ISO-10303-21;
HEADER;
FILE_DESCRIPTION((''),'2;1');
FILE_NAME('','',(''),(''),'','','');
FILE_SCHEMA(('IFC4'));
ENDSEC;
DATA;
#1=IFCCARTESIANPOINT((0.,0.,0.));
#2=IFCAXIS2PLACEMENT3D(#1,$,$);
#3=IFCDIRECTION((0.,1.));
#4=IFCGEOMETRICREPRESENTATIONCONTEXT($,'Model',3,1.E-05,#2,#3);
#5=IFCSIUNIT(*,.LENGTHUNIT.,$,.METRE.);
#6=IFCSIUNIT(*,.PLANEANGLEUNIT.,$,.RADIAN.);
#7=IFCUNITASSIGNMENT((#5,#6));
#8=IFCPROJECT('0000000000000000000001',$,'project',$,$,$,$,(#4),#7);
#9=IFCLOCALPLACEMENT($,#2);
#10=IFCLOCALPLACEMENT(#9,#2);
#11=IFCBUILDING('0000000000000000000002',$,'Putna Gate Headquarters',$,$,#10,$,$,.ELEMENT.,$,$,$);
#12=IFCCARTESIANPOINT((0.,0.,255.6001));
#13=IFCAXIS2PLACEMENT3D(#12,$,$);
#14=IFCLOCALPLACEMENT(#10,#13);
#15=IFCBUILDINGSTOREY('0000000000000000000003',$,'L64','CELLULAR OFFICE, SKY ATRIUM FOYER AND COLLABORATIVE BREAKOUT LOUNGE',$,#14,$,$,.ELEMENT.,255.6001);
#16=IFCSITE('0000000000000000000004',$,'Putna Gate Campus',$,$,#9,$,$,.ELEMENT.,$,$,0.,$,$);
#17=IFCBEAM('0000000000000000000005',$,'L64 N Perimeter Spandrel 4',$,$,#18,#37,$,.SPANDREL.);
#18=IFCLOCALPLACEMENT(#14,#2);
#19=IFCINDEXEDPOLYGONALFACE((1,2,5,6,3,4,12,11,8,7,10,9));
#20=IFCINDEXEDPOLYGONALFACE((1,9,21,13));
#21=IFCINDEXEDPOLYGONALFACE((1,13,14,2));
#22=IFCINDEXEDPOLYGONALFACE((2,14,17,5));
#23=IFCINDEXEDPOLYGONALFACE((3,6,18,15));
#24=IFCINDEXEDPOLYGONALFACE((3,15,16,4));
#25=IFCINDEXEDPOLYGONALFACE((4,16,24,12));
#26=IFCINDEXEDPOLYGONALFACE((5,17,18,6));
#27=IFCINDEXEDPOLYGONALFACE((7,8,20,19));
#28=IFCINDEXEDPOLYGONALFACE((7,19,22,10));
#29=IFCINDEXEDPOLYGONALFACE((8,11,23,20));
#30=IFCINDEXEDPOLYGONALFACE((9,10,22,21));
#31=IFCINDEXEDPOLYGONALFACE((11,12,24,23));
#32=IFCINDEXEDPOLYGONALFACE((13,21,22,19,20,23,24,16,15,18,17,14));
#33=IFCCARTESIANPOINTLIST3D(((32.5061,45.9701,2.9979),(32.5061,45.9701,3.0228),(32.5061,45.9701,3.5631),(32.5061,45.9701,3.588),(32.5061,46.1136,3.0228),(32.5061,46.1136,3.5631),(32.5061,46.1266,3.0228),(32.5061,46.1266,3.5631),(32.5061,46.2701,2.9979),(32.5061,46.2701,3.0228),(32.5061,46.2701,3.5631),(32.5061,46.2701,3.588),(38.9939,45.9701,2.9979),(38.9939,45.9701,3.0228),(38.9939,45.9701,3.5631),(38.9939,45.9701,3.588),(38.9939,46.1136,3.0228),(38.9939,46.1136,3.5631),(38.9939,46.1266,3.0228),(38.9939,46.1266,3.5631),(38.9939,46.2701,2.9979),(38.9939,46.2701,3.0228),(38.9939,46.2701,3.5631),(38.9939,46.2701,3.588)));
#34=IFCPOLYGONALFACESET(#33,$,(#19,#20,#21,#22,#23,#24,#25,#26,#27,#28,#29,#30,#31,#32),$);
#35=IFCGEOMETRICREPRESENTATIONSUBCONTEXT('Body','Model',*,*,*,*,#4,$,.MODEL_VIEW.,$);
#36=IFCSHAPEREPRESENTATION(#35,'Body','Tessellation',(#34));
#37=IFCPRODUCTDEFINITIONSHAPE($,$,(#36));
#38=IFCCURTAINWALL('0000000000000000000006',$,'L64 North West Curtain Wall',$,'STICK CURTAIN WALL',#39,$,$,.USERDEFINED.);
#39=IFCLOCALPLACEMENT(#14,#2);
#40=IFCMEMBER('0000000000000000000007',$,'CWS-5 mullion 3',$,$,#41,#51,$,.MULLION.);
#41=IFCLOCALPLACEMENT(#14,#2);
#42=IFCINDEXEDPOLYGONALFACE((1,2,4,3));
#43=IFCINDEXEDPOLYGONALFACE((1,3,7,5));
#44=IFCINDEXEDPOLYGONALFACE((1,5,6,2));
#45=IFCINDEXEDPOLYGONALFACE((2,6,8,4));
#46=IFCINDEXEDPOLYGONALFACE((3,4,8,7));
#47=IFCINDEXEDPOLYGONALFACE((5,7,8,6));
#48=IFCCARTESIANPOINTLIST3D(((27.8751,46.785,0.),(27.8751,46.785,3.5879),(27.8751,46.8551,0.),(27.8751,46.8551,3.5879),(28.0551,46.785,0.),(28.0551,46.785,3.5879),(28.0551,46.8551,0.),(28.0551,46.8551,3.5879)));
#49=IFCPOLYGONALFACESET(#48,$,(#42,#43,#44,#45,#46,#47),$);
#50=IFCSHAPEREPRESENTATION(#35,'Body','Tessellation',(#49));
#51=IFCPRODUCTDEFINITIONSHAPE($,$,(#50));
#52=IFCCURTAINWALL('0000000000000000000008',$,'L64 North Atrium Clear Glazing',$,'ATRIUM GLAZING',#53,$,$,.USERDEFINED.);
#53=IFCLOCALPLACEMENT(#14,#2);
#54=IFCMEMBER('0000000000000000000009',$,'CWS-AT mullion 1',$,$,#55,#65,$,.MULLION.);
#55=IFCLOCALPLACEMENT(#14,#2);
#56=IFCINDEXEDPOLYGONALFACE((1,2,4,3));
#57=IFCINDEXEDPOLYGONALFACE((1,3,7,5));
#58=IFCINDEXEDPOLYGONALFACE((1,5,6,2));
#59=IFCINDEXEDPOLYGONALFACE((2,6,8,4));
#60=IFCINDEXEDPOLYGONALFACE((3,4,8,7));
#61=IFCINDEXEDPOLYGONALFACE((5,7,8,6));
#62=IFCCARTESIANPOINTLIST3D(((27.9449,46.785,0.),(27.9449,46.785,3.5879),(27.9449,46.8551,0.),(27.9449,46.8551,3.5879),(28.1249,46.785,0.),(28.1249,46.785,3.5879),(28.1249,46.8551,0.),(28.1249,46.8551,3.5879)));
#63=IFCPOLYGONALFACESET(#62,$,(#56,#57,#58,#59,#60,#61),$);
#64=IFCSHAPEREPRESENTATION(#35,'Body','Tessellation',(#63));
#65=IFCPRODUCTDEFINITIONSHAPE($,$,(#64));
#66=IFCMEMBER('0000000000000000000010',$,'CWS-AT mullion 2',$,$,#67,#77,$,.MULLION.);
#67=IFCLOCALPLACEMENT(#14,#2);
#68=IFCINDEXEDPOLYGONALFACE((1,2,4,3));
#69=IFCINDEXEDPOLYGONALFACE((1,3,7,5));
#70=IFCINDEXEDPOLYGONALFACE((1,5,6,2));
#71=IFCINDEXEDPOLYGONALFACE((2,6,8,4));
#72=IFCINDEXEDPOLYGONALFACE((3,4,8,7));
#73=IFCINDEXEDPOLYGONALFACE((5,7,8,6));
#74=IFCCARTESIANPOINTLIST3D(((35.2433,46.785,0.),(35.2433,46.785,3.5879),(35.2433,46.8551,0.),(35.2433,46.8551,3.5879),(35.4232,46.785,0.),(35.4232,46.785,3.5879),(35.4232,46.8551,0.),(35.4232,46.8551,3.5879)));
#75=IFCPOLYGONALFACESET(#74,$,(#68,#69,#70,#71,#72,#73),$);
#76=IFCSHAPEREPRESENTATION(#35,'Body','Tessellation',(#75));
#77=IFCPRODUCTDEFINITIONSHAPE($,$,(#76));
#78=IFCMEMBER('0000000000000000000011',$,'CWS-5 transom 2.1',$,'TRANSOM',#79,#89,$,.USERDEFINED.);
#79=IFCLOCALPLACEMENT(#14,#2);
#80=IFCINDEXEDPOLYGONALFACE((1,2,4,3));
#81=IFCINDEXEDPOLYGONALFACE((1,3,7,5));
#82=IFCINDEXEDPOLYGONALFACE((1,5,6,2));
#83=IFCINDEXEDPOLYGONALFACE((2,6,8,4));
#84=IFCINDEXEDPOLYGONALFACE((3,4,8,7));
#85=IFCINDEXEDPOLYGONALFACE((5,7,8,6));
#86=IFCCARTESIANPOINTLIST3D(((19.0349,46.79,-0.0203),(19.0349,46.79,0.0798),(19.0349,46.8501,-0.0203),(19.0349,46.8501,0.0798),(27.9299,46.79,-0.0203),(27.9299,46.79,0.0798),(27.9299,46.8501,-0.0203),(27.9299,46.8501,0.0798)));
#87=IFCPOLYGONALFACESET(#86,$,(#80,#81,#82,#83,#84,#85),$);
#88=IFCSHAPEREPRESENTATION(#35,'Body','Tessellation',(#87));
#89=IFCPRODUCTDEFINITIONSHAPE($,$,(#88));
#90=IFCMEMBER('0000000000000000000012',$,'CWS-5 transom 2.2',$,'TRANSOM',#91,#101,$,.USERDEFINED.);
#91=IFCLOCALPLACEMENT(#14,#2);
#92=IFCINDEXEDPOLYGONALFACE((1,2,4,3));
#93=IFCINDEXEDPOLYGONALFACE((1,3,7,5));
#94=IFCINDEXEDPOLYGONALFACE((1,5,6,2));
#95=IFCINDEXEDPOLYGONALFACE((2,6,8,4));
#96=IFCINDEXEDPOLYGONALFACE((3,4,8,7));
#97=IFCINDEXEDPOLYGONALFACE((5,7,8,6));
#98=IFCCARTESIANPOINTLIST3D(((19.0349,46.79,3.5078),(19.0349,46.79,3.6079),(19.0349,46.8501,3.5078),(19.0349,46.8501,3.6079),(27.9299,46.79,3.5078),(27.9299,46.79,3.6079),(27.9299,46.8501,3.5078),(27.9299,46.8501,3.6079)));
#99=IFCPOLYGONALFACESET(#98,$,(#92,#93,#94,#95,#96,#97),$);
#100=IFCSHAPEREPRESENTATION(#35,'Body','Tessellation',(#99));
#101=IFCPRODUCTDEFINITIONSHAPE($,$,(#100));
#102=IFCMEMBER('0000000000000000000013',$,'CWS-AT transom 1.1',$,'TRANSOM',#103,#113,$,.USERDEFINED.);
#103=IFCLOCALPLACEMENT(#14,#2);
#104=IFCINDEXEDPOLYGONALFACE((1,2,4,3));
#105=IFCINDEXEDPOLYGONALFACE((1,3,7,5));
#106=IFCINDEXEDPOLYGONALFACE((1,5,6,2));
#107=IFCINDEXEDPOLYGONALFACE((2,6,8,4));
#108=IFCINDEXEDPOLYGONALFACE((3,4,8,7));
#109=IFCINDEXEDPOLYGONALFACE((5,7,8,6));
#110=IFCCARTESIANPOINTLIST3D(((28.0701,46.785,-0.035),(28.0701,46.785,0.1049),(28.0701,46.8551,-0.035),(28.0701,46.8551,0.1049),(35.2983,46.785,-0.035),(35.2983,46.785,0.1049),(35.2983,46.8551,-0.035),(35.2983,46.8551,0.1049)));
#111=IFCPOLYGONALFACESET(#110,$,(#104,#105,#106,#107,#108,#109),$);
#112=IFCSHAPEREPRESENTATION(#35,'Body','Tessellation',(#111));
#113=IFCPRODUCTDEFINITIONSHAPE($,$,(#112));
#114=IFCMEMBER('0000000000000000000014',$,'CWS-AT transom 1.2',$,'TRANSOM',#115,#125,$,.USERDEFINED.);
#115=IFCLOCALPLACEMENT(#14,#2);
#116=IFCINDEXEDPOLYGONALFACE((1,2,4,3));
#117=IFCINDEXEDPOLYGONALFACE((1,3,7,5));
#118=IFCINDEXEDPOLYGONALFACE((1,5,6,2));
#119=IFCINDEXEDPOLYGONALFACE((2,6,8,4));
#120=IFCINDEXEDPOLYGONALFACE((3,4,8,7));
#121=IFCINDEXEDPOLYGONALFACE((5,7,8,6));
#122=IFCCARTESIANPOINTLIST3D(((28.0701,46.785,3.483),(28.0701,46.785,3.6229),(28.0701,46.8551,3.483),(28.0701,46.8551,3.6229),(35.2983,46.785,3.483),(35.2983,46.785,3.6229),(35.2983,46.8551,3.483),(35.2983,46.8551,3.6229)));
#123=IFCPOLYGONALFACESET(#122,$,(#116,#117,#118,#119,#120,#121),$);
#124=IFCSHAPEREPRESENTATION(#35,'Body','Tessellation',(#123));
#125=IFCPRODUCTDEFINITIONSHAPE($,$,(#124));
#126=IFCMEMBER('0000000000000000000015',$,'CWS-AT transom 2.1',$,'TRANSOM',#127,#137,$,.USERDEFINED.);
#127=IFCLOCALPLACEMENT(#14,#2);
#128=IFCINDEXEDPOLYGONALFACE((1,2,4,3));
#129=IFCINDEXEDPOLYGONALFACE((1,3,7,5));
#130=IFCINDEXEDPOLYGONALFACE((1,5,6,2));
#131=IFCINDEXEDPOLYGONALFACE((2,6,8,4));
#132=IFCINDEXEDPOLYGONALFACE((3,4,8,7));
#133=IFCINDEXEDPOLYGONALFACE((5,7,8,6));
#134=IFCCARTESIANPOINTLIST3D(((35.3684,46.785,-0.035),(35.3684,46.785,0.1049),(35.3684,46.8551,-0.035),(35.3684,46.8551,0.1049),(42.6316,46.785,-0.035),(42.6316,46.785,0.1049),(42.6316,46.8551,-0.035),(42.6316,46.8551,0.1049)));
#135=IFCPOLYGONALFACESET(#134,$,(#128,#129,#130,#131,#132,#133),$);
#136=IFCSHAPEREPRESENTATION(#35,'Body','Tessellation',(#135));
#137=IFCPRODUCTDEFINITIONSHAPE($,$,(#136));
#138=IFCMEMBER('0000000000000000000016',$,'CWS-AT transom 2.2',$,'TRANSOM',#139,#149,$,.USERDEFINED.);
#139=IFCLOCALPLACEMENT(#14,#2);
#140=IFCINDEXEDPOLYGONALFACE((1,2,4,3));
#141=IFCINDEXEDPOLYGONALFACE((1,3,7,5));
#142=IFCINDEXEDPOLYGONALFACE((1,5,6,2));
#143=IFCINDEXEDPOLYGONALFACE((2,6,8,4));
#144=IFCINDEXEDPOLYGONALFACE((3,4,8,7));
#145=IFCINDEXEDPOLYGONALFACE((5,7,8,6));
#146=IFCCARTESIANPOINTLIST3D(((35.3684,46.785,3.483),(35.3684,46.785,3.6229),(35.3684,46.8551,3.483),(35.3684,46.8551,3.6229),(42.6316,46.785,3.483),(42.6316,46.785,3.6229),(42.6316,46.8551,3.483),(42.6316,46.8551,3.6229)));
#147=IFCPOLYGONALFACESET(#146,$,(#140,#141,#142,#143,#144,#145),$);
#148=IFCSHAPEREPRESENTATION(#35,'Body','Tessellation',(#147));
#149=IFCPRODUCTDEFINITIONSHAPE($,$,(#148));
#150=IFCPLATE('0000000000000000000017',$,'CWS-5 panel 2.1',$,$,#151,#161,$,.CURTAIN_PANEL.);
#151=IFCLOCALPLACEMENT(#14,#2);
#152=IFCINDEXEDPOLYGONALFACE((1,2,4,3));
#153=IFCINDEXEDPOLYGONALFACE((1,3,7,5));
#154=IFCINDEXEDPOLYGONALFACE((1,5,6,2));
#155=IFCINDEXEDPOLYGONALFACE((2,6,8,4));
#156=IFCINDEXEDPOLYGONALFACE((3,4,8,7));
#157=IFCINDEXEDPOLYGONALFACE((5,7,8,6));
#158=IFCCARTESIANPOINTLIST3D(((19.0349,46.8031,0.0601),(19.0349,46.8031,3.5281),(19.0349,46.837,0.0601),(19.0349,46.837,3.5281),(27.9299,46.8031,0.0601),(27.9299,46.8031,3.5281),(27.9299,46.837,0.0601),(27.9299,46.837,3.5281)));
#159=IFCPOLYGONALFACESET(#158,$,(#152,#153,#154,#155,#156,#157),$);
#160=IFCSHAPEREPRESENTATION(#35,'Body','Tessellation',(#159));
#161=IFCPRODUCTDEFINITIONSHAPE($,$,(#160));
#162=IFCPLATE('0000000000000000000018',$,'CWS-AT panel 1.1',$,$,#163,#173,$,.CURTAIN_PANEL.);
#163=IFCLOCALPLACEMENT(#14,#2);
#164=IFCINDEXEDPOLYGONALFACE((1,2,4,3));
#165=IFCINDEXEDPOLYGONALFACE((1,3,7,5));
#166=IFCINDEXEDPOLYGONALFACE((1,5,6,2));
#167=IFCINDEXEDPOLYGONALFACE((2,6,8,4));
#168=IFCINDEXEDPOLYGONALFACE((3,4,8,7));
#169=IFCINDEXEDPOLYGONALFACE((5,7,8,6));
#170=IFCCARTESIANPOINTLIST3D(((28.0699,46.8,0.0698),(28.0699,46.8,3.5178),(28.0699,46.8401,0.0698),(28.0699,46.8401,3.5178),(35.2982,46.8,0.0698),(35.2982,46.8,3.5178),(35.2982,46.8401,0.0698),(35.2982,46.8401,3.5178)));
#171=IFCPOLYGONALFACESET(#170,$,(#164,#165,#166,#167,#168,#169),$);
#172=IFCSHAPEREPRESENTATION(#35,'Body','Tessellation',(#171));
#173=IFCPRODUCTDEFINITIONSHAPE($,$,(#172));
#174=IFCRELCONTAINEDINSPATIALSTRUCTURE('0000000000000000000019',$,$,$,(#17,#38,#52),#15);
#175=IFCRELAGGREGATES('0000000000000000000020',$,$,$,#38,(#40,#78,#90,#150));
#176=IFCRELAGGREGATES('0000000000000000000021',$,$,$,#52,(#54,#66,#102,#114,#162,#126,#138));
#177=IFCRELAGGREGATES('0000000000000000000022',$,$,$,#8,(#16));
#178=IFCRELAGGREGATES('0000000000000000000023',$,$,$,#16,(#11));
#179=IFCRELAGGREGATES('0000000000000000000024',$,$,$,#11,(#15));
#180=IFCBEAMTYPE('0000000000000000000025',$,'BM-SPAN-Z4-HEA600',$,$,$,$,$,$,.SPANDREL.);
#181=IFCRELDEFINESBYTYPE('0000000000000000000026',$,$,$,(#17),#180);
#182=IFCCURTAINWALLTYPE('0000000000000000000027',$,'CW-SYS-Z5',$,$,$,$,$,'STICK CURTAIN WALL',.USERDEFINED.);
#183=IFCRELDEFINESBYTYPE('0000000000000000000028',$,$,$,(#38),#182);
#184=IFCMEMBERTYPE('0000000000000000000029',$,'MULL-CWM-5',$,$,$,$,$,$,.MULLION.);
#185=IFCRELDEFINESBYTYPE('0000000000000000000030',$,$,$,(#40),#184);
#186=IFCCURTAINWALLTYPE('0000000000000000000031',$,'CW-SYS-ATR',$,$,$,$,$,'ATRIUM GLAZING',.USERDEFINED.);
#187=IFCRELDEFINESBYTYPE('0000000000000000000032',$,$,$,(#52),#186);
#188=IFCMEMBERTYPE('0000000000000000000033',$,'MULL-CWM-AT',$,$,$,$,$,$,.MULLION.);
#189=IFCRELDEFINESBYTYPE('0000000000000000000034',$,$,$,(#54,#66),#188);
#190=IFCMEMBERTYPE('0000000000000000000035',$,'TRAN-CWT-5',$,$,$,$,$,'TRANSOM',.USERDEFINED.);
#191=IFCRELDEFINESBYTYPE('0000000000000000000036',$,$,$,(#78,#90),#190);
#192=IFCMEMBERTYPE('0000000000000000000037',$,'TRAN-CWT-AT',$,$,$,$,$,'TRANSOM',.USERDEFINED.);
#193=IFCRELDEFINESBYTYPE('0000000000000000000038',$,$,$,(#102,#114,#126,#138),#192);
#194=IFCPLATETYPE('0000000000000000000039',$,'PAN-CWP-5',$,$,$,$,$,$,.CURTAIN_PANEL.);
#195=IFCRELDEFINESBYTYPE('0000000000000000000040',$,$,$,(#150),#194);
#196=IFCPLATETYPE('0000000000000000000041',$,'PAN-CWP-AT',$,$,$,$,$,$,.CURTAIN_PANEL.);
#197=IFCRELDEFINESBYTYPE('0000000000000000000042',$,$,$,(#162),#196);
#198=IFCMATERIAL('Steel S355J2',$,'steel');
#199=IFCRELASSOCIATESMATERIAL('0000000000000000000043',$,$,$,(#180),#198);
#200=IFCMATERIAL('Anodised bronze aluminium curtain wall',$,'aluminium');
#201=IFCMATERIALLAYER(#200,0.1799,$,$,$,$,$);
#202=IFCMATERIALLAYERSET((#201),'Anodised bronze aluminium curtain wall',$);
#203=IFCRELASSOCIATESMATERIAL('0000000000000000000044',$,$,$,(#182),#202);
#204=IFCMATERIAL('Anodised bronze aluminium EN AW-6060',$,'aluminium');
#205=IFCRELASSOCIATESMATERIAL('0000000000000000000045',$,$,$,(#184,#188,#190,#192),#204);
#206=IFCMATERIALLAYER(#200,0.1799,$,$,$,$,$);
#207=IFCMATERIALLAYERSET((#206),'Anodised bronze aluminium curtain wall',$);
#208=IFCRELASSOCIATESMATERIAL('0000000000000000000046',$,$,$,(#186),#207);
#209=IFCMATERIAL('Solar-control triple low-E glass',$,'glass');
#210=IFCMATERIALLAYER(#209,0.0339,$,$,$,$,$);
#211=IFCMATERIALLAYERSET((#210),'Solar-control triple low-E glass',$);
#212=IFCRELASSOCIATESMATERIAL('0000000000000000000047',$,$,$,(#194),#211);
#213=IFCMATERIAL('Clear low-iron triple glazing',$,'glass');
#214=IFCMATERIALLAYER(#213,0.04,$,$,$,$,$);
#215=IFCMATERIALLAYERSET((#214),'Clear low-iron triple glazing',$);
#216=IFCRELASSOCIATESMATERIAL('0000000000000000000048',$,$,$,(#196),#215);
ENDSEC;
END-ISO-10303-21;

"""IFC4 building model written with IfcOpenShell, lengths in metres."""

from ifc_helpers import new_model, si_unit, direction, frame, origin, origin_2d, place, context, subcontext, project, spatial, rectangle, i_section, extrude, material, layer, layer_set, material_profile, profile_set, type_object, element, aggregate, save


model = new_model("IFC4")

# Units and contexts
model_context = context("Model", 3, precision=1e-05, world=origin(), true_north=direction((0.0, 1.0)))
body_context = subcontext(model_context, "Body", "Model", "MODEL_VIEW")
ifc_project = project(units=[si_unit("LENGTHUNIT", "METRE"), si_unit("PLANEANGLEUNIT", "RADIAN")], contexts=[model_context])

# Site, building, storey
site_placement = place(None, origin())
site = spatial("IfcSite", under=ifc_project, at=site_placement, Name="Putna Gate Campus", CompositionType="ELEMENT", RefElevation=0.0)
building_placement = place(site_placement, origin())
building = spatial("IfcBuilding", under=site, at=building_placement, Name="Putna Gate Headquarters", CompositionType="ELEMENT")
storey_placement = place(building_placement, frame((0.0, 0.0, 255.6001)))
storey = spatial("IfcBuildingStorey", under=building, at=storey_placement, Name="L64", Description="CELLULAR OFFICE, SKY ATRIUM FOYER AND COLLABORATIVE BREAKOUT LOUNGE", CompositionType="ELEMENT", Elevation=255.6001)

# Beam
ifc_material_1 = material(Name="Steel S355J2", Category="steel")
ifc_material_profile_1 = material_profile(ifc_material_1, i_section(OverallWidth=0.3, OverallDepth=0.5901, WebThickness=0.0129, FlangeThickness=0.0249, at=origin_2d()), Name="Steel S355J2")
ifc_profile_set_1 = profile_set([ifc_material_profile_1], Name="Steel S355J2")
beam_type_1 = type_object("IfcBeamType", Name="BM-SPAN-Z4-HEA600", PredefinedType="SPANDREL", material=ifc_profile_set_1)
for number, where, z_axis, x_axis, name in (
    (1, (32.5061, 46.1201, 3.293), (1.0, 0.0, 0.0), (0.0, 1.0, 0.0), "L64 N Perimeter Spandrel 4"),
):
    element("IfcBeam", number, at=place(storey_placement, frame(where, z_axis=z_axis, x_axis=x_axis)), inside=storey, type_object=beam_type_1, Name=name, PredefinedType="SPANDREL", context=body_context, shape_type="SweptSolid", body=[
        extrude(i_section(OverallWidth=0.3, OverallDepth=0.5901, WebThickness=0.0129, FlangeThickness=0.0249, at=origin_2d()), origin(), (0.0, 0.0, 1.0), 6.4878),
    ])

# Curtain wall, member
ifc_material_2 = material(Name="Anodised bronze aluminium curtain wall", Category="aluminium")
ifc_layer_1 = layer(ifc_material_2, 0.1799)
ifc_layer_set_1 = layer_set([ifc_layer_1], Name="Anodised bronze aluminium curtain wall")
curtain_wall_type_1 = type_object("IfcCurtainWallType", Name="CW-SYS-Z5", ElementType="STICK CURTAIN WALL", PredefinedType="USERDEFINED", material=ifc_layer_set_1)
curtain_wall_1_placement = place(storey_placement, origin())
curtain_wall_1 = element("IfcCurtainWall", 2, at=curtain_wall_1_placement, inside=storey, type_object=curtain_wall_type_1, Name="L64 North West Curtain Wall", ObjectType="STICK CURTAIN WALL", PredefinedType="USERDEFINED")
ifc_material_3 = material(Name="Anodised bronze aluminium EN AW-6060", Category="aluminium")
ifc_material_profile_2 = material_profile(ifc_material_3, rectangle(XDim=0.0701, YDim=0.1799, at=origin_2d()), Name="Anodised bronze aluminium EN AW-6060")
ifc_profile_set_2 = profile_set([ifc_material_profile_2], Name="Anodised bronze aluminium EN AW-6060")
member_type_1 = type_object("IfcMemberType", Name="MULL-CWM-5", PredefinedType="MULLION", material=ifc_profile_set_2)
member_1_placement = place(storey_placement, frame((27.9651, 46.8201, 0.0), z_axis=(0.0, 0.0, 1.0), x_axis=(0.0, 1.0, 0.0)))
member_1 = element("IfcMember", 3, at=member_1_placement, type_object=member_type_1, Name="CWS-5 mullion 3", PredefinedType="MULLION", context=body_context, shape_type="SweptSolid", body=[
    extrude(rectangle(XDim=0.0701, YDim=0.1799, at=origin_2d()), origin(), (0.0, 0.0, 1.0), 3.5879),
])

# Curtain wall, members
ifc_layer_2 = layer(ifc_material_2, 0.1799)
ifc_layer_set_2 = layer_set([ifc_layer_2], Name="Anodised bronze aluminium curtain wall")
curtain_wall_type_2 = type_object("IfcCurtainWallType", Name="CW-SYS-ATR", ElementType="ATRIUM GLAZING", PredefinedType="USERDEFINED", material=ifc_layer_set_2)
curtain_wall_2_placement = place(storey_placement, origin())
curtain_wall_2 = element("IfcCurtainWall", 4, at=curtain_wall_2_placement, inside=storey, type_object=curtain_wall_type_2, Name="L64 North Atrium Clear Glazing", ObjectType="ATRIUM GLAZING", PredefinedType="USERDEFINED")
ifc_material_profile_3 = material_profile(ifc_material_3, rectangle(XDim=0.0701, YDim=0.1799, at=origin_2d()), Name="Anodised bronze aluminium EN AW-6060")
ifc_profile_set_3 = profile_set([ifc_material_profile_3], Name="Anodised bronze aluminium EN AW-6060")
member_type_2 = type_object("IfcMemberType", Name="MULL-CWM-AT", PredefinedType="MULLION", material=ifc_profile_set_3)
member_2_placement = place(storey_placement, frame((28.0349, 46.8201, 0.0), z_axis=(0.0, 0.0, 1.0), x_axis=(0.0, 1.0, 0.0)))
member_2 = element("IfcMember", 5, at=member_2_placement, type_object=member_type_2, Name="CWS-AT mullion 1", PredefinedType="MULLION", context=body_context, shape_type="SweptSolid", body=[
    extrude(rectangle(XDim=0.0701, YDim=0.1799, at=origin_2d()), origin(), (0.0, 0.0, 1.0), 3.5879),
])
member_3_placement = place(storey_placement, frame((35.3333, 46.8201, 0.0), z_axis=(0.0, 0.0, 1.0), x_axis=(0.0, 1.0, 0.0)))
member_3 = element("IfcMember", 6, at=member_3_placement, type_object=member_type_2, Name="CWS-AT mullion 2", PredefinedType="MULLION", context=body_context, shape_type="SweptSolid", body=[
    extrude(rectangle(XDim=0.0701, YDim=0.1799, at=origin_2d()), origin(), (0.0, 0.0, 1.0), 3.5879),
])

# Members
ifc_material_profile_4 = material_profile(ifc_material_3, rectangle(XDim=0.0601, YDim=0.1001, at=origin_2d()), Name="Anodised bronze aluminium EN AW-6060")
ifc_profile_set_4 = profile_set([ifc_material_profile_4], Name="Anodised bronze aluminium EN AW-6060")
member_type_3 = type_object("IfcMemberType", Name="TRAN-CWT-5", ElementType="TRANSOM", PredefinedType="USERDEFINED", material=ifc_profile_set_4)
member_4_placement = place(storey_placement, frame((19.0349, 46.8201, 0.0298), z_axis=(1.0, 0.0, 0.0), x_axis=(0.0, 1.0, 0.0)))
member_4 = element("IfcMember", 7, at=member_4_placement, type_object=member_type_3, Name="CWS-5 transom 2.1", ObjectType="TRANSOM", PredefinedType="USERDEFINED", context=body_context, shape_type="SweptSolid", body=[
    extrude(rectangle(XDim=0.0601, YDim=0.1001, at=origin_2d()), origin(), (0.0, 0.0, 1.0), 8.895),
])
member_5_placement = place(storey_placement, frame((19.0349, 46.8201, 3.5579), z_axis=(1.0, 0.0, 0.0), x_axis=(0.0, 1.0, 0.0)))
member_5 = element("IfcMember", 8, at=member_5_placement, type_object=member_type_3, Name="CWS-5 transom 2.2", ObjectType="TRANSOM", PredefinedType="USERDEFINED", context=body_context, shape_type="SweptSolid", body=[
    extrude(rectangle(XDim=0.0601, YDim=0.1001, at=origin_2d()), origin(), (0.0, 0.0, 1.0), 8.895),
])
ifc_material_profile_5 = material_profile(ifc_material_3, rectangle(XDim=0.0701, YDim=0.1399, at=origin_2d()), Name="Anodised bronze aluminium EN AW-6060")
ifc_profile_set_5 = profile_set([ifc_material_profile_5], Name="Anodised bronze aluminium EN AW-6060")
member_type_4 = type_object("IfcMemberType", Name="TRAN-CWT-AT", ElementType="TRANSOM", PredefinedType="USERDEFINED", material=ifc_profile_set_5)
member_6_placement = place(storey_placement, frame((28.0701, 46.8201, 0.0349), z_axis=(1.0, 0.0, 0.0), x_axis=(0.0, 1.0, 0.0)))
member_6 = element("IfcMember", 9, at=member_6_placement, type_object=member_type_4, Name="CWS-AT transom 1.1", ObjectType="TRANSOM", PredefinedType="USERDEFINED", context=body_context, shape_type="SweptSolid", body=[
    extrude(rectangle(XDim=0.0701, YDim=0.1399, at=origin_2d()), origin(), (0.0, 0.0, 1.0), 7.2283),
])
member_7_placement = place(storey_placement, frame((28.0701, 46.8201, 3.553), z_axis=(1.0, 0.0, 0.0), x_axis=(0.0, 1.0, 0.0)))
member_7 = element("IfcMember", 10, at=member_7_placement, type_object=member_type_4, Name="CWS-AT transom 1.2", ObjectType="TRANSOM", PredefinedType="USERDEFINED", context=body_context, shape_type="SweptSolid", body=[
    extrude(rectangle(XDim=0.0701, YDim=0.1399, at=origin_2d()), origin(), (0.0, 0.0, 1.0), 7.2283),
])
member_8_placement = place(storey_placement, frame((35.3684, 46.8201, 0.0349), z_axis=(1.0, 0.0, 0.0), x_axis=(0.0, 1.0, 0.0)))
member_8 = element("IfcMember", 11, at=member_8_placement, type_object=member_type_4, Name="CWS-AT transom 2.1", ObjectType="TRANSOM", PredefinedType="USERDEFINED", context=body_context, shape_type="SweptSolid", body=[
    extrude(rectangle(XDim=0.0701, YDim=0.1399, at=origin_2d()), origin(), (0.0, 0.0, 1.0), 7.2632),
])
member_9_placement = place(storey_placement, frame((35.3684, 46.8201, 3.553), z_axis=(1.0, 0.0, 0.0), x_axis=(0.0, 1.0, 0.0)))
member_9 = element("IfcMember", 12, at=member_9_placement, type_object=member_type_4, Name="CWS-AT transom 2.2", ObjectType="TRANSOM", PredefinedType="USERDEFINED", context=body_context, shape_type="SweptSolid", body=[
    extrude(rectangle(XDim=0.0701, YDim=0.1399, at=origin_2d()), origin(), (0.0, 0.0, 1.0), 7.2632),
])

# Plates
ifc_material_4 = material(Name="Solar-control triple low-E glass", Category="glass")
ifc_layer_3 = layer(ifc_material_4, 0.0339)
ifc_layer_set_3 = layer_set([ifc_layer_3], Name="Solar-control triple low-E glass")
plate_type_1 = type_object("IfcPlateType", Name="PAN-CWP-5", PredefinedType="CURTAIN_PANEL", material=ifc_layer_set_3)
plate_1_placement = place(storey_placement, frame((23.4824, 46.8201, 0.0601), z_axis=(0.0, 0.0, 1.0), x_axis=(1.0, 0.0, 0.0)))
plate_1 = element("IfcPlate", 13, at=plate_1_placement, type_object=plate_type_1, Name="CWS-5 panel 2.1", PredefinedType="CURTAIN_PANEL", context=body_context, shape_type="SweptSolid", body=[
    extrude(rectangle(XDim=8.895, YDim=0.0339, at=origin_2d()), origin(), (0.0, 0.0, 1.0), 3.468),
])
aggregate(curtain_wall_1, [member_1, member_4, member_5, plate_1])
ifc_material_5 = material(Name="Clear low-iron triple glazing", Category="glass")
ifc_layer_4 = layer(ifc_material_5, 0.04)
ifc_layer_set_4 = layer_set([ifc_layer_4], Name="Clear low-iron triple glazing")
plate_type_2 = type_object("IfcPlateType", Name="PAN-CWP-AT", PredefinedType="CURTAIN_PANEL", material=ifc_layer_set_4)
plate_2_placement = place(storey_placement, frame((31.6841, 46.8201, 0.0698), z_axis=(0.0, 0.0, 1.0), x_axis=(1.0, 0.0, 0.0)))
plate_2 = element("IfcPlate", 14, at=plate_2_placement, type_object=plate_type_2, Name="CWS-AT panel 1.1", PredefinedType="CURTAIN_PANEL", context=body_context, shape_type="SweptSolid", body=[
    extrude(rectangle(XDim=7.2283, YDim=0.04, at=origin_2d()), origin(), (0.0, 0.0, 1.0), 3.448),
])
aggregate(curtain_wall_2, [member_2, member_3, member_6, member_7, plate_2, member_8, member_9])

save(model, "model.ifc")
